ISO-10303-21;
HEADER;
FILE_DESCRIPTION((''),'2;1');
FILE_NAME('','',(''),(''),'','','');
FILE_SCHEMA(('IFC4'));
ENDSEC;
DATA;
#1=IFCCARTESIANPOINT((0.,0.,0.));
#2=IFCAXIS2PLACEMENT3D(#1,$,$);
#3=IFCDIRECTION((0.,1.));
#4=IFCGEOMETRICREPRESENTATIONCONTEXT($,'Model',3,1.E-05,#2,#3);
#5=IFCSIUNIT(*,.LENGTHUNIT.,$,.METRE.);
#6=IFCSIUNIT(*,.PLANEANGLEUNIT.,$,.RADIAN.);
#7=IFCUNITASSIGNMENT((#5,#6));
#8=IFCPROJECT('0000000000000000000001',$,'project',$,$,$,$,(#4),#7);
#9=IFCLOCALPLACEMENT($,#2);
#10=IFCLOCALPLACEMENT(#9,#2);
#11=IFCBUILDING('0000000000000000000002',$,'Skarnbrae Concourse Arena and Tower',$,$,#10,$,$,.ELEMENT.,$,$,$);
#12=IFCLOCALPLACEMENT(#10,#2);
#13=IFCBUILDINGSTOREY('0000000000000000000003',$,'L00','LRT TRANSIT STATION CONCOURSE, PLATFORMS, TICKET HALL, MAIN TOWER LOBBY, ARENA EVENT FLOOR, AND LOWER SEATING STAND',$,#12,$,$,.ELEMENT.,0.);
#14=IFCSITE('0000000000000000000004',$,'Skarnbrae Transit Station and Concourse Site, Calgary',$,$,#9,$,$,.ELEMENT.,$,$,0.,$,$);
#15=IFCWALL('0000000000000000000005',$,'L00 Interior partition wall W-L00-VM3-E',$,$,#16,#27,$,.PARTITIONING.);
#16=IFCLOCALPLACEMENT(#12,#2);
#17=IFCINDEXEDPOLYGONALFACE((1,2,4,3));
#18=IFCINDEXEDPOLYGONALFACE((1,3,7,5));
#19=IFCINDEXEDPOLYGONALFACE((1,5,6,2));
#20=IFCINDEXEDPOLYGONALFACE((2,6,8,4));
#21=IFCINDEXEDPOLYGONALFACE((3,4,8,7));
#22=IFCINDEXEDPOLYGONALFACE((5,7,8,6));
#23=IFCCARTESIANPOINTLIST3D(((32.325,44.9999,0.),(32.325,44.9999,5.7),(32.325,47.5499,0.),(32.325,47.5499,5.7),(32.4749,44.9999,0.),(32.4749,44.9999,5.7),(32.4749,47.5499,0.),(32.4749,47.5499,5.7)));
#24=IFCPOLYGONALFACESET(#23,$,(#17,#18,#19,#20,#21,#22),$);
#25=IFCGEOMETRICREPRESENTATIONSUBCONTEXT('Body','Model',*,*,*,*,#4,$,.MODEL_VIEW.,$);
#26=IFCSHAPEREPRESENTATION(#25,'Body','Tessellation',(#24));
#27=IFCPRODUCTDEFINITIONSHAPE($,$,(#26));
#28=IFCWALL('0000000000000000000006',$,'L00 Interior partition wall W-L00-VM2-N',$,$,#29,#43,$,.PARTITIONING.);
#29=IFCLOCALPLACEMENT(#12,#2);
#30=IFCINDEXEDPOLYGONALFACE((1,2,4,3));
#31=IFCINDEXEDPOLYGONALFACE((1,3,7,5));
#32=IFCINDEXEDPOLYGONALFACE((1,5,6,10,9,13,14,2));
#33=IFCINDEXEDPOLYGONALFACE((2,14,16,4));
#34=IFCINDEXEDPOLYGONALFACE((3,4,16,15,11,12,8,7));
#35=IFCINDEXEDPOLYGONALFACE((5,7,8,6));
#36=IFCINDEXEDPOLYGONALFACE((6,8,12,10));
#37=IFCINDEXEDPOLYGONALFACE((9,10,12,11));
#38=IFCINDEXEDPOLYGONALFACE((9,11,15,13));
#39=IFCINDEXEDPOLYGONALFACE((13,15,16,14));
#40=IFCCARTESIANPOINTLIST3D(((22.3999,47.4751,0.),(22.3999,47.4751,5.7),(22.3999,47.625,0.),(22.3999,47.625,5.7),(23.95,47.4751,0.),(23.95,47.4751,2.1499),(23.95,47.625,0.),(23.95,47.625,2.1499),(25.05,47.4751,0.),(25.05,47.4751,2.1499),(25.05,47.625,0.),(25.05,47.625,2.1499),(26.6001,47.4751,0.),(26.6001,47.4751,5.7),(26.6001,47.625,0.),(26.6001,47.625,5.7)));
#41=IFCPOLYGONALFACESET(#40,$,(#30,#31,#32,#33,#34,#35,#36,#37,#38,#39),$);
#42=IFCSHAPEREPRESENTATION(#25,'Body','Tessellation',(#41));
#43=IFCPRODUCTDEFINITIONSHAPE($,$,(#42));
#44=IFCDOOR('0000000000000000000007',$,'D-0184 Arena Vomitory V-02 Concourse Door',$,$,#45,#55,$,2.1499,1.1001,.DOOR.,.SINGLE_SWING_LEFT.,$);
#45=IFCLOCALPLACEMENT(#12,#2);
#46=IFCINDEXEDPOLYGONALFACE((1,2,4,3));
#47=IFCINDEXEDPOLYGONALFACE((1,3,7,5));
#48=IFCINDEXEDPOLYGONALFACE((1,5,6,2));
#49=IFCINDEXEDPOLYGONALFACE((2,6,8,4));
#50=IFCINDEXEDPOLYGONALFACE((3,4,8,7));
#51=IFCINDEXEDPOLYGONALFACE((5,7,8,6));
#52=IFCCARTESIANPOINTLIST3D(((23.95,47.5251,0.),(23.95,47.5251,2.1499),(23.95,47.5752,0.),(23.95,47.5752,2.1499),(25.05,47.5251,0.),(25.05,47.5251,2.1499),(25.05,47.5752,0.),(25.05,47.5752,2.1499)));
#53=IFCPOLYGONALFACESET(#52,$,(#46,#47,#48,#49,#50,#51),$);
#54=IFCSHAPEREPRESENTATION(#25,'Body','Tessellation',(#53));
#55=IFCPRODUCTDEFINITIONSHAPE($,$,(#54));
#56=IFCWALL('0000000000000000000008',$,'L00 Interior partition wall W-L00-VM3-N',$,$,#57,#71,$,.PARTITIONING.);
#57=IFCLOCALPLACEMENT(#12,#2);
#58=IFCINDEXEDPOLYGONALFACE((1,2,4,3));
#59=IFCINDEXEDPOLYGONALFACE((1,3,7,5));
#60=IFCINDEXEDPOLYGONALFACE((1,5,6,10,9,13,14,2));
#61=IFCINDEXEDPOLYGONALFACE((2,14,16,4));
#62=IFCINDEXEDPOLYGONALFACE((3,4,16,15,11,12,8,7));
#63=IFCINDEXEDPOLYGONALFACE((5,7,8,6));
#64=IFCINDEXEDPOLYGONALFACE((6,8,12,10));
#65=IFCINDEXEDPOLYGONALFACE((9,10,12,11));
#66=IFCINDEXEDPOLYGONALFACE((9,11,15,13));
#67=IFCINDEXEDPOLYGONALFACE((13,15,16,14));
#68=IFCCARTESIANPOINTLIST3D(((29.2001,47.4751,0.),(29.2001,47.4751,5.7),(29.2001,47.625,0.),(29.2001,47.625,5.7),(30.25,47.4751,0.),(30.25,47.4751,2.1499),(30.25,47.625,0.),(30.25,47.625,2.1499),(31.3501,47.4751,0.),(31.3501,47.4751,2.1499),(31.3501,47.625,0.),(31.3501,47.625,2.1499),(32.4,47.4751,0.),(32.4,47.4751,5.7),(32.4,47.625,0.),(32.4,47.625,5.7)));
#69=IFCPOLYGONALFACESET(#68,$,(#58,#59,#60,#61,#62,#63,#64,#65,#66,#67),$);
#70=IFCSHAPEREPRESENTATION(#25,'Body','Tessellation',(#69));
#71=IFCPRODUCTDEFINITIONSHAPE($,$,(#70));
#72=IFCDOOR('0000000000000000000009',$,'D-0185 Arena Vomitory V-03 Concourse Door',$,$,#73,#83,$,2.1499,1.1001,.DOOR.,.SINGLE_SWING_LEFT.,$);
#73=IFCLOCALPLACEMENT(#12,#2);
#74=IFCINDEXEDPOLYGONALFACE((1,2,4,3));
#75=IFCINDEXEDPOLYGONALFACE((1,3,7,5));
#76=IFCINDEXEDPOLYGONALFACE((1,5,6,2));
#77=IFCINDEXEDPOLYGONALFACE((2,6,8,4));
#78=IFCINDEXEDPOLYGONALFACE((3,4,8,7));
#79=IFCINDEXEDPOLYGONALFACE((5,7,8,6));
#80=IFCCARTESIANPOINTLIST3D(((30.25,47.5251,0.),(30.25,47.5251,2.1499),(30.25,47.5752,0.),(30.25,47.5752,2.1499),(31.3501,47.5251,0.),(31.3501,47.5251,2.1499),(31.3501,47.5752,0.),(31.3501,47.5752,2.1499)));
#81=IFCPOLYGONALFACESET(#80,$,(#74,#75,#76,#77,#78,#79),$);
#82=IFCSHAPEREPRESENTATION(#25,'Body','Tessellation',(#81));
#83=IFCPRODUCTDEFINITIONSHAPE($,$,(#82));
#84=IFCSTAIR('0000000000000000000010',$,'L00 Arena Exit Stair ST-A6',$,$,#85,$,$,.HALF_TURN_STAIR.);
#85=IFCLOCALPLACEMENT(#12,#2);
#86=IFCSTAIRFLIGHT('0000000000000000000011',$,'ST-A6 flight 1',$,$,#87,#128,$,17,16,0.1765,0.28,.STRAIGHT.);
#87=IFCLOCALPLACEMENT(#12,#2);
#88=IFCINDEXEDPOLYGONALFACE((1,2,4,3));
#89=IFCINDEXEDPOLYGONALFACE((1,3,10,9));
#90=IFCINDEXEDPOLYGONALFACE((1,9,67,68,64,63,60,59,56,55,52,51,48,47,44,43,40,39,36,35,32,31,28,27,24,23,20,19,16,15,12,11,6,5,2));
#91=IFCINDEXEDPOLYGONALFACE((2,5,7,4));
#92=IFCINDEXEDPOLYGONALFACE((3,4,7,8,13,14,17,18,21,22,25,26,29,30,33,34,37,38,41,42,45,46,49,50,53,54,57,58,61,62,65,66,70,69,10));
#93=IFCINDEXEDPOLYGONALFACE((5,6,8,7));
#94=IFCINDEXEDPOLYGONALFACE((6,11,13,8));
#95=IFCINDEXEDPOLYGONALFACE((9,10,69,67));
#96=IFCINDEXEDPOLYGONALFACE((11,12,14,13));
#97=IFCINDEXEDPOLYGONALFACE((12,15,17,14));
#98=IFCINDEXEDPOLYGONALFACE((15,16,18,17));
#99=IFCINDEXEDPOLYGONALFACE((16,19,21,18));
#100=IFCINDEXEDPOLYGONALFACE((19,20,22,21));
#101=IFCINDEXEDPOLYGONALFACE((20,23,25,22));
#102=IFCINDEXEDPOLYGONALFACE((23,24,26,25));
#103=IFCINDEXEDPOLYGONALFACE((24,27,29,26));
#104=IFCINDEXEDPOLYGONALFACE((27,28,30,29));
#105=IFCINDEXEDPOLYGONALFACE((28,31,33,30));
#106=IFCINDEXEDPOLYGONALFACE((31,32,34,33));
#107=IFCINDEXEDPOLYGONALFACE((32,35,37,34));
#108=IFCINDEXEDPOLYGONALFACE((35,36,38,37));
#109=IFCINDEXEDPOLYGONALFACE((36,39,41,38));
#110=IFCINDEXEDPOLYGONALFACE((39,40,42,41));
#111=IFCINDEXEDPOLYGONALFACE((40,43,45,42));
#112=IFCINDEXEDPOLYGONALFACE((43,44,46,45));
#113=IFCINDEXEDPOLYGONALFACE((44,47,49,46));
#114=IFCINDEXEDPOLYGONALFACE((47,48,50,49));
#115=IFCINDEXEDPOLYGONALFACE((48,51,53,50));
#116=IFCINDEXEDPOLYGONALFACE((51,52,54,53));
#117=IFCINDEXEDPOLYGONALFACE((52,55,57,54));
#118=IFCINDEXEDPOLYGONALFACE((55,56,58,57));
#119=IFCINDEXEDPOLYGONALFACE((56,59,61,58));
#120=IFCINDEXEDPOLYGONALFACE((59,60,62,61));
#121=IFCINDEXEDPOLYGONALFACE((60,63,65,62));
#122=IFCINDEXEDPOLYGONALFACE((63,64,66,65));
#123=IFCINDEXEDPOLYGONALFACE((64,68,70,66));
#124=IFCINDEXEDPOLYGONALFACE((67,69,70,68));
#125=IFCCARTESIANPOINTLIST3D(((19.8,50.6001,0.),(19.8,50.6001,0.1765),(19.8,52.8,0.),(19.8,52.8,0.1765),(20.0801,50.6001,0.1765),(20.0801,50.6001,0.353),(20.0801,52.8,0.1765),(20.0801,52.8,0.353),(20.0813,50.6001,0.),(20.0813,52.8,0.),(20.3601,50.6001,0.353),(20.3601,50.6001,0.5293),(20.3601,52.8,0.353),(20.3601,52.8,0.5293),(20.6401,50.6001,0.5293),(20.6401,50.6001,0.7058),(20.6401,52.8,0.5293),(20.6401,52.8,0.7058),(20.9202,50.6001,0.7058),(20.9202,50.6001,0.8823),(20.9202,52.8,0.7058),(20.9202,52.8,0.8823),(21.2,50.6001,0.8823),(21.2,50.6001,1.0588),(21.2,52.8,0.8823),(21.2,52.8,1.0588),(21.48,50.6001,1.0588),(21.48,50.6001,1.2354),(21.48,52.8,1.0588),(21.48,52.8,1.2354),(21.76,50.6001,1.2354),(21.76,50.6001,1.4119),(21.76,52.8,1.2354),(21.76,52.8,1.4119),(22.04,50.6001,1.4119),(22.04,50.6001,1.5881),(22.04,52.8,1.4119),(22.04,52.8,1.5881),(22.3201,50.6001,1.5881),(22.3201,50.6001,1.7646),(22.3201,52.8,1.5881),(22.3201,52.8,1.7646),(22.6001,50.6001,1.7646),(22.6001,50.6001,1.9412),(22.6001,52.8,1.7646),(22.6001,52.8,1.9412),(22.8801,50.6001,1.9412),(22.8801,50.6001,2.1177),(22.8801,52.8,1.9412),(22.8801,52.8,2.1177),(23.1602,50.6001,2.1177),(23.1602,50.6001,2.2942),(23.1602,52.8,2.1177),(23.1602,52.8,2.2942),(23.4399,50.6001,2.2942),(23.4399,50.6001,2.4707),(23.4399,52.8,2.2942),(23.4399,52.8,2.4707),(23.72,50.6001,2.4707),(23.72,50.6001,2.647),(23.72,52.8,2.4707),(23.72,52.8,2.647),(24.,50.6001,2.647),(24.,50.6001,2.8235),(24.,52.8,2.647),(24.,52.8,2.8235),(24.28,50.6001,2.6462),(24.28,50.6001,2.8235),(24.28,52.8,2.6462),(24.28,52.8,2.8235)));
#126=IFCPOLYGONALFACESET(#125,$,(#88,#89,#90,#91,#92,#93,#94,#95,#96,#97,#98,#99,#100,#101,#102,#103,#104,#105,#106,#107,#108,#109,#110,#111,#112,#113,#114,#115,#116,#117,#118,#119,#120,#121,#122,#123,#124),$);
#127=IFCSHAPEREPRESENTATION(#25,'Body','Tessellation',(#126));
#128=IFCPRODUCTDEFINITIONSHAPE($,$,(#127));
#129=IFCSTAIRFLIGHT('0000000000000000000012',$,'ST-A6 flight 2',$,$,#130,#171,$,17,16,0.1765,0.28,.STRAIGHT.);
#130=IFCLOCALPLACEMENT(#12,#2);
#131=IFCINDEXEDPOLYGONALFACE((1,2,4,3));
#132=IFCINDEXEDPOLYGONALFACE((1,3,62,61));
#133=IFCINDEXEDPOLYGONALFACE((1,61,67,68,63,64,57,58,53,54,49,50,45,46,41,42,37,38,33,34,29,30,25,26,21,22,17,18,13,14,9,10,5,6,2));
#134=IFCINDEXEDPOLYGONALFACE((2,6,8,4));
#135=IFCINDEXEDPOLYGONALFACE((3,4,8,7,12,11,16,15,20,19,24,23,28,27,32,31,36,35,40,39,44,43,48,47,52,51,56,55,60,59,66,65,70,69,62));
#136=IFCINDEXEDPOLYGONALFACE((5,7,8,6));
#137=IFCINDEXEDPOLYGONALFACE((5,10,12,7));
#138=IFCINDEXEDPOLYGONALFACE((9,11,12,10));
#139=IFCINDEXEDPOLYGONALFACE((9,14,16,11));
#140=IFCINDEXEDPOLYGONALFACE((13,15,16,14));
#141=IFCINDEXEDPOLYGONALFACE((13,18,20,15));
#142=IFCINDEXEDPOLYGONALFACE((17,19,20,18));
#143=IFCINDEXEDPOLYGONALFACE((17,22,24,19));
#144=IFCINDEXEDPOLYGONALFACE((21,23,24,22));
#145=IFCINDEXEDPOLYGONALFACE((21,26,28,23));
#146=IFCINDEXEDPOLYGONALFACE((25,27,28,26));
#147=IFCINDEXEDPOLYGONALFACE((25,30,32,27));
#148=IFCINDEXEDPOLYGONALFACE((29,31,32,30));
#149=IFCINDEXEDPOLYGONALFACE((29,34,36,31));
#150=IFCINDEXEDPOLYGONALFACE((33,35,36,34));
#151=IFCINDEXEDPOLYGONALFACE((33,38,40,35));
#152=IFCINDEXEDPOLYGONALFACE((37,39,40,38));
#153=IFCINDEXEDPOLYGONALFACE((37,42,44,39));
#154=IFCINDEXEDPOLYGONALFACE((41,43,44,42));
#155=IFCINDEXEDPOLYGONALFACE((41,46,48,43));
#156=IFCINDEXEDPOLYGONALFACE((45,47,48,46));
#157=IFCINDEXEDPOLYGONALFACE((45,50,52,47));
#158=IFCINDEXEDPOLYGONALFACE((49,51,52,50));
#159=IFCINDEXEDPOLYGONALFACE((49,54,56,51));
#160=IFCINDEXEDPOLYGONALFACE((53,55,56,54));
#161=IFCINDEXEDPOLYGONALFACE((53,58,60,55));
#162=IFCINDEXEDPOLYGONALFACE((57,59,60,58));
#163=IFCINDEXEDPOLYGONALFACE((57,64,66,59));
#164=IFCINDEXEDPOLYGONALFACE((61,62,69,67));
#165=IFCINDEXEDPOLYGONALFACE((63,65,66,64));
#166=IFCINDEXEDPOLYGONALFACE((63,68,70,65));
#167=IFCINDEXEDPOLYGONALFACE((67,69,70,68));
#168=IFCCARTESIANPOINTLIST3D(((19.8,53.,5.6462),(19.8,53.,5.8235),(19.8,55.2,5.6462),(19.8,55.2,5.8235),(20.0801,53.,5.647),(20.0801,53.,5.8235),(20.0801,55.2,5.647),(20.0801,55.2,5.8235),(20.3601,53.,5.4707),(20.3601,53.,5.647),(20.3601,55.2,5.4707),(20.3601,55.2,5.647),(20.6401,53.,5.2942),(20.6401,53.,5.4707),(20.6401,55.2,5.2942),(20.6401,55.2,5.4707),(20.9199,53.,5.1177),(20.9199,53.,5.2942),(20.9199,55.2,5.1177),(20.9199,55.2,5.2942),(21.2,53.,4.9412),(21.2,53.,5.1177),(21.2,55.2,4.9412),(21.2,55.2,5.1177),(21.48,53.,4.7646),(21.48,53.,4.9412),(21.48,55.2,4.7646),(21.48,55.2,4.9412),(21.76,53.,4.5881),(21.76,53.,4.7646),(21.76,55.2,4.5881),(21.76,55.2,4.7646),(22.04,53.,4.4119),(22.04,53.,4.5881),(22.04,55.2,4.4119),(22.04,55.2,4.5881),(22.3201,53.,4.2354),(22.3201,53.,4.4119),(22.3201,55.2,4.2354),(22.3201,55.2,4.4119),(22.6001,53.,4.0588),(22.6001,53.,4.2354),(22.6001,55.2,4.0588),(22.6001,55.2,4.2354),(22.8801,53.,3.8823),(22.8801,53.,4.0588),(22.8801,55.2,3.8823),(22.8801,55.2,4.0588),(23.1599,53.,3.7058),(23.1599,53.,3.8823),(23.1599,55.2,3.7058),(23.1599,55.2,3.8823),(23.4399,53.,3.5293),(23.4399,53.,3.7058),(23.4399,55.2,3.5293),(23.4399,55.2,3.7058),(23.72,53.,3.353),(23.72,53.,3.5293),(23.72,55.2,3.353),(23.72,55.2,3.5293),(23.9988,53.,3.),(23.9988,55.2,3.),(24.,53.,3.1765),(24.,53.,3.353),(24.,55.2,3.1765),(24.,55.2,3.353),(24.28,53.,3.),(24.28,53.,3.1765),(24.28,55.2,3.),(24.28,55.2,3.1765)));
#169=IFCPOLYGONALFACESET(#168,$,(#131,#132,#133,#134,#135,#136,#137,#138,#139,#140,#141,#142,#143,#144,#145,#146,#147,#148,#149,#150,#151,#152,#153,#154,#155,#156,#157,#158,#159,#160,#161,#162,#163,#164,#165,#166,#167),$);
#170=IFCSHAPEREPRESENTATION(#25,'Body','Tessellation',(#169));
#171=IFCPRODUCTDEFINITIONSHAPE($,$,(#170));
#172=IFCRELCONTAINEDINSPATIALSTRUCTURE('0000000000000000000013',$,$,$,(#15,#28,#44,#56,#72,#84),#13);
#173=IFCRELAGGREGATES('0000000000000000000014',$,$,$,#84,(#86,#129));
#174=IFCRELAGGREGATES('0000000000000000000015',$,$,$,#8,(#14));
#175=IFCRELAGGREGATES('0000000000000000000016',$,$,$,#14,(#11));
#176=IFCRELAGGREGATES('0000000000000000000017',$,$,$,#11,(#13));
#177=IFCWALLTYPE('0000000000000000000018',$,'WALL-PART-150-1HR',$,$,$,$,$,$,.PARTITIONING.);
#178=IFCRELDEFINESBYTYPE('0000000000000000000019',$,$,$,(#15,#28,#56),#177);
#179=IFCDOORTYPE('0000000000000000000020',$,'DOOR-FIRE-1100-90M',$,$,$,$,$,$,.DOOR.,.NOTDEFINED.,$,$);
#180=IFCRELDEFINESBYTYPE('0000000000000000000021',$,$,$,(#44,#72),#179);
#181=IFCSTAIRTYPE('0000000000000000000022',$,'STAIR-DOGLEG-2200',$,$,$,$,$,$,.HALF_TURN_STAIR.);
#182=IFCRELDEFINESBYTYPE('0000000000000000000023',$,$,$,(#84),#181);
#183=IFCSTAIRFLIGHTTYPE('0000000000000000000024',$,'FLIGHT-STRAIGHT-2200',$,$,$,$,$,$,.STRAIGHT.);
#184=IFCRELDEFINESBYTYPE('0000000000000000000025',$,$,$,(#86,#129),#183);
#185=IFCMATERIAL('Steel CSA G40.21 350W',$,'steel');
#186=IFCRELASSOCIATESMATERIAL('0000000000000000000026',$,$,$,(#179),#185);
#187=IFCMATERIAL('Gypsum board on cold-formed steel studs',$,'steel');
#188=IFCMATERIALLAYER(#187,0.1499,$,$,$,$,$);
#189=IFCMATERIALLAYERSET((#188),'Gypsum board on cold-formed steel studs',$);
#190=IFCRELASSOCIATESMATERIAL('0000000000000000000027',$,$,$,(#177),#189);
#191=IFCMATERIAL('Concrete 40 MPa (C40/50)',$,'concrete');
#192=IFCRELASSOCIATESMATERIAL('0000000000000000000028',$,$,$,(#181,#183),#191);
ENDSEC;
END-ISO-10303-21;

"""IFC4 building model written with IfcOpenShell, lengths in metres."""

from ifc_helpers import new_model, si_unit, direction, frame, frame_2d, origin, place, context, subcontext, project, spatial, polyline, rectangle, outline, extrude, source, transform, mapped, material, layer, layer_set, type_object, element, fill, aggregate, save


model = new_model("IFC4")

# Units and contexts
model_context = context("Model", 3, precision=1e-05, world=origin(), true_north=direction((0.0, 1.0)))
body_context = subcontext(model_context, "Body", "Model", "MODEL_VIEW")
ifc_project = project(units=[si_unit("LENGTHUNIT", "METRE"), si_unit("PLANEANGLEUNIT", "RADIAN")], contexts=[model_context])

# Site, building, storey
site_placement = place(None, origin())
site = spatial("IfcSite", under=ifc_project, at=site_placement, Name="Skarnbrae Transit Station and Concourse Site, Calgary", CompositionType="ELEMENT", RefElevation=0.0)
building_placement = place(site_placement, origin())
building = spatial("IfcBuilding", under=site, at=building_placement, Name="Skarnbrae Concourse Arena and Tower", CompositionType="ELEMENT")
storey_placement = place(building_placement, origin())
storey = spatial("IfcBuildingStorey", under=building, at=storey_placement, Name="L00", Description="LRT TRANSIT STATION CONCOURSE, PLATFORMS, TICKET HALL, MAIN TOWER LOBBY, ARENA EVENT FLOOR, AND LOWER SEATING STAND", CompositionType="ELEMENT", Elevation=0.0)

# Shared definitions
ifc_material_1 = material(Name="Steel CSA G40.21 350W", Category="steel")

# Shared definitions
door_type = type_object("IfcDoorType", Name="DOOR-FIRE-1100-90M", OperationType="NOTDEFINED", PredefinedType="DOOR", material=ifc_material_1)
shared_shape_1 = source(origin(), body_context, "Body", "SweptSolid", [
    extrude(rectangle(XDim=1.1001, YDim=2.1499, at=frame_2d((0.55, 1.075))), frame((0.0, 0.0249, 0.0), z_axis=(0.0, -1.0, 0.0), x_axis=(1.0, 0.0, 0.0)), (0.0, 0.0, 1.0), 0.05),
])

# Wall
ifc_material_2 = material(Name="Gypsum board on cold-formed steel studs", Category="steel")
ifc_layer_1 = layer(ifc_material_2, 0.1499)
ifc_layer_set_1 = layer_set([ifc_layer_1], Name="Gypsum board on cold-formed steel studs")
wall_type_1 = type_object("IfcWallType", Name="WALL-PART-150-1HR", PredefinedType="PARTITIONING", material=ifc_layer_set_1)
shared_shape_2 = source(origin(), body_context, "Body", "SweptSolid", [
    extrude(rectangle(XDim=2.55, YDim=0.1499, at=frame_2d((1.2749, 0.0))), origin(), (0.0, 0.0, 1.0), 5.7),
])
for number, where, z_axis, x_axis, name in (
    (1, (32.3999, 45.0, 0.0), (0.0, 0.0, 1.0), (0.0, 1.0, 0.0), "L00 Interior partition wall W-L00-VM3-E"),
):
    element("IfcWall", number, at=place(storey_placement, frame(where, z_axis=z_axis, x_axis=x_axis)), inside=storey, type_object=wall_type_1, Name=name, PredefinedType="PARTITIONING", context=body_context, shape_type="MappedRepresentation", body=[
        mapped(shared_shape_2, transform((0.0, 0.0, 0.0))),
    ])

# Walls, openings, doors
shared_shape_3 = source(origin(), body_context, "Body", "SweptSolid", [
    extrude(rectangle(XDim=4.2002, YDim=0.1499, at=frame_2d((2.1001, 0.0))), origin(), (0.0, 0.0, 1.0), 5.7),
])
wall_1_placement = place(storey_placement, frame((22.3999, 47.55, 0.0), z_axis=(0.0, 0.0, 1.0), x_axis=(1.0, 0.0, 0.0)))
wall_1 = element("IfcWall", 2, at=wall_1_placement, inside=storey, type_object=wall_type_1, Name="L00 Interior partition wall W-L00-VM2-N", PredefinedType="PARTITIONING", context=body_context, shape_type="MappedRepresentation", body=[
    mapped(shared_shape_3, transform((0.0, 0.0, 0.0))),
])
opening_1_placement = place(wall_1_placement, frame((1.55, 0.0, 0.0)))
opening_1 = element("IfcOpeningElement", 3, at=opening_1_placement, cuts=wall_1, PredefinedType="OPENING", context=body_context, shape_type="SweptSolid", body=[
    extrude(rectangle(XDim=1.1001, YDim=2.1499, at=frame_2d((0.55, 1.075))), frame((0.0, 0.085, 0.0), z_axis=(0.0, -1.0, 0.0), x_axis=(1.0, 0.0, 0.0)), (0.0, 0.0, 1.0), 0.1699),
])
door_1_placement = place(opening_1_placement, frame((1.1001, 0.0, 0.0), z_axis=(0.0, 0.0, 1.0), x_axis=(-1.0, 0.0, 0.0)))
door_1 = element("IfcDoor", 4, at=door_1_placement, inside=storey, type_object=door_type, Name="D-0184 Arena Vomitory V-02 Concourse Door", OperationType="SINGLE_SWING_LEFT", OverallHeight=2.1499, OverallWidth=1.1001, PredefinedType="DOOR", context=body_context, shape_type="MappedRepresentation", body=[
    mapped(shared_shape_1, transform((0.0, 0.0, 0.0))),
])
fill(opening_1, door_1)
shared_shape_4 = source(origin(), body_context, "Body", "SweptSolid", [
    extrude(rectangle(XDim=3.2, YDim=0.1499, at=frame_2d((1.6001, 0.0))), origin(), (0.0, 0.0, 1.0), 5.7),
])
wall_2_placement = place(storey_placement, frame((29.2, 47.55, 0.0), z_axis=(0.0, 0.0, 1.0), x_axis=(1.0, 0.0, 0.0)))
wall_2 = element("IfcWall", 5, at=wall_2_placement, inside=storey, type_object=wall_type_1, Name="L00 Interior partition wall W-L00-VM3-N", PredefinedType="PARTITIONING", context=body_context, shape_type="MappedRepresentation", body=[
    mapped(shared_shape_4, transform((0.0, 0.0, 0.0))),
])
opening_2_placement = place(wall_2_placement, frame((1.05, 0.0, 0.0)))
opening_2 = element("IfcOpeningElement", 6, at=opening_2_placement, cuts=wall_2, PredefinedType="OPENING", context=body_context, shape_type="SweptSolid", body=[
    extrude(rectangle(XDim=1.1001, YDim=2.1499, at=frame_2d((0.55, 1.075))), frame((0.0, 0.085, 0.0), z_axis=(0.0, -1.0, 0.0), x_axis=(1.0, 0.0, 0.0)), (0.0, 0.0, 1.0), 0.1699),
])
door_2_placement = place(opening_2_placement, frame((1.1001, 0.0, 0.0), z_axis=(0.0, 0.0, 1.0), x_axis=(-1.0, 0.0, 0.0)))
door_2 = element("IfcDoor", 7, at=door_2_placement, inside=storey, type_object=door_type, Name="D-0185 Arena Vomitory V-03 Concourse Door", OperationType="SINGLE_SWING_LEFT", OverallHeight=2.1499, OverallWidth=1.1001, PredefinedType="DOOR", context=body_context, shape_type="MappedRepresentation", body=[
    mapped(shared_shape_1, transform((0.0, 0.0, 0.0))),
])
fill(opening_2, door_2)

# Stair, stair flights
ifc_material_3 = material(Name="Concrete 40 MPa (C40/50)", Category="concrete")
stair_type = type_object("IfcStairType", Name="STAIR-DOGLEG-2200", PredefinedType="HALF_TURN_STAIR", material=ifc_material_3)
stair_1_placement = place(storey_placement, origin())
stair_1 = element("IfcStair", 8, at=stair_1_placement, inside=storey, type_object=stair_type, Name="L00 Arena Exit Stair ST-A6", PredefinedType="HALF_TURN_STAIR")
stair_flight_type = type_object("IfcStairFlightType", Name="FLIGHT-STRAIGHT-2200", PredefinedType="STRAIGHT", material=ifc_material_3)
shared_shape_5 = source(origin(), body_context, "Body", "SweptSolid", [
    extrude(outline(polyline([(0.0, 0.0), (0.0, 0.1765), (0.28, 0.1765), (0.28, 0.353), (0.5601, 0.353), (0.5601, 0.5293), (0.8401, 0.5293), (0.8401, 0.7058), (1.1201, 0.7058), (1.1201, 0.8823), (1.3999, 0.8823), (1.3999, 1.0588), (1.6799, 1.0588), (1.6799, 1.2354), (1.96, 1.2354), (1.96, 1.4119), (2.24, 1.4119), (2.24, 1.5881), (2.52, 1.5881), (2.52, 1.7646), (2.8, 1.7646), (2.8, 1.9412), (3.0801, 1.9412), (3.0801, 2.1177), (3.3601, 2.1177), (3.3601, 2.2942), (3.6399, 2.2942), (3.6399, 2.4707), (3.9199, 2.4707), (3.9199, 2.647), (4.2, 2.647), (4.2, 2.8235), (4.48, 2.8235), (4.48, 3.0), (4.48, 2.6462), (0.2812, 0.0), (0.0, 0.0)])), frame((0.0, 1.1001, 0.0), z_axis=(0.0, -1.0, 0.0), x_axis=(1.0, 0.0, 0.0)), (0.0, 0.0, 1.0), 2.2),
])
stair_flight_1_placement = place(storey_placement, frame((19.8, 51.7, 0.0), z_axis=(0.0, 0.0, 1.0), x_axis=(1.0, 0.0, 0.0)))
stair_flight_1 = element("IfcStairFlight", 9, at=stair_flight_1_placement, type_object=stair_flight_type, Name="ST-A6 flight 1", NumberOfRisers=17, NumberOfTreads=16, PredefinedType="STRAIGHT", RiserHeight=0.1765, TreadLength=0.28, context=body_context, shape_type="MappedRepresentation", body=[
    mapped(shared_shape_5, transform((0.0, 0.0, 0.0))),
])
stair_flight_2_placement = place(storey_placement, frame((24.28, 54.1001, 3.0), z_axis=(0.0, 0.0, 1.0), x_axis=(-1.0, 0.0, 0.0)))
stair_flight_2 = element("IfcStairFlight", 10, at=stair_flight_2_placement, type_object=stair_flight_type, Name="ST-A6 flight 2", NumberOfRisers=17, NumberOfTreads=16, PredefinedType="STRAIGHT", RiserHeight=0.1765, TreadLength=0.28, context=body_context, shape_type="MappedRepresentation", body=[
    mapped(shared_shape_5, transform((0.0, 0.0, 0.0))),
])
aggregate(stair_1, [stair_flight_1, stair_flight_2])

save(model, "model.ifc")
